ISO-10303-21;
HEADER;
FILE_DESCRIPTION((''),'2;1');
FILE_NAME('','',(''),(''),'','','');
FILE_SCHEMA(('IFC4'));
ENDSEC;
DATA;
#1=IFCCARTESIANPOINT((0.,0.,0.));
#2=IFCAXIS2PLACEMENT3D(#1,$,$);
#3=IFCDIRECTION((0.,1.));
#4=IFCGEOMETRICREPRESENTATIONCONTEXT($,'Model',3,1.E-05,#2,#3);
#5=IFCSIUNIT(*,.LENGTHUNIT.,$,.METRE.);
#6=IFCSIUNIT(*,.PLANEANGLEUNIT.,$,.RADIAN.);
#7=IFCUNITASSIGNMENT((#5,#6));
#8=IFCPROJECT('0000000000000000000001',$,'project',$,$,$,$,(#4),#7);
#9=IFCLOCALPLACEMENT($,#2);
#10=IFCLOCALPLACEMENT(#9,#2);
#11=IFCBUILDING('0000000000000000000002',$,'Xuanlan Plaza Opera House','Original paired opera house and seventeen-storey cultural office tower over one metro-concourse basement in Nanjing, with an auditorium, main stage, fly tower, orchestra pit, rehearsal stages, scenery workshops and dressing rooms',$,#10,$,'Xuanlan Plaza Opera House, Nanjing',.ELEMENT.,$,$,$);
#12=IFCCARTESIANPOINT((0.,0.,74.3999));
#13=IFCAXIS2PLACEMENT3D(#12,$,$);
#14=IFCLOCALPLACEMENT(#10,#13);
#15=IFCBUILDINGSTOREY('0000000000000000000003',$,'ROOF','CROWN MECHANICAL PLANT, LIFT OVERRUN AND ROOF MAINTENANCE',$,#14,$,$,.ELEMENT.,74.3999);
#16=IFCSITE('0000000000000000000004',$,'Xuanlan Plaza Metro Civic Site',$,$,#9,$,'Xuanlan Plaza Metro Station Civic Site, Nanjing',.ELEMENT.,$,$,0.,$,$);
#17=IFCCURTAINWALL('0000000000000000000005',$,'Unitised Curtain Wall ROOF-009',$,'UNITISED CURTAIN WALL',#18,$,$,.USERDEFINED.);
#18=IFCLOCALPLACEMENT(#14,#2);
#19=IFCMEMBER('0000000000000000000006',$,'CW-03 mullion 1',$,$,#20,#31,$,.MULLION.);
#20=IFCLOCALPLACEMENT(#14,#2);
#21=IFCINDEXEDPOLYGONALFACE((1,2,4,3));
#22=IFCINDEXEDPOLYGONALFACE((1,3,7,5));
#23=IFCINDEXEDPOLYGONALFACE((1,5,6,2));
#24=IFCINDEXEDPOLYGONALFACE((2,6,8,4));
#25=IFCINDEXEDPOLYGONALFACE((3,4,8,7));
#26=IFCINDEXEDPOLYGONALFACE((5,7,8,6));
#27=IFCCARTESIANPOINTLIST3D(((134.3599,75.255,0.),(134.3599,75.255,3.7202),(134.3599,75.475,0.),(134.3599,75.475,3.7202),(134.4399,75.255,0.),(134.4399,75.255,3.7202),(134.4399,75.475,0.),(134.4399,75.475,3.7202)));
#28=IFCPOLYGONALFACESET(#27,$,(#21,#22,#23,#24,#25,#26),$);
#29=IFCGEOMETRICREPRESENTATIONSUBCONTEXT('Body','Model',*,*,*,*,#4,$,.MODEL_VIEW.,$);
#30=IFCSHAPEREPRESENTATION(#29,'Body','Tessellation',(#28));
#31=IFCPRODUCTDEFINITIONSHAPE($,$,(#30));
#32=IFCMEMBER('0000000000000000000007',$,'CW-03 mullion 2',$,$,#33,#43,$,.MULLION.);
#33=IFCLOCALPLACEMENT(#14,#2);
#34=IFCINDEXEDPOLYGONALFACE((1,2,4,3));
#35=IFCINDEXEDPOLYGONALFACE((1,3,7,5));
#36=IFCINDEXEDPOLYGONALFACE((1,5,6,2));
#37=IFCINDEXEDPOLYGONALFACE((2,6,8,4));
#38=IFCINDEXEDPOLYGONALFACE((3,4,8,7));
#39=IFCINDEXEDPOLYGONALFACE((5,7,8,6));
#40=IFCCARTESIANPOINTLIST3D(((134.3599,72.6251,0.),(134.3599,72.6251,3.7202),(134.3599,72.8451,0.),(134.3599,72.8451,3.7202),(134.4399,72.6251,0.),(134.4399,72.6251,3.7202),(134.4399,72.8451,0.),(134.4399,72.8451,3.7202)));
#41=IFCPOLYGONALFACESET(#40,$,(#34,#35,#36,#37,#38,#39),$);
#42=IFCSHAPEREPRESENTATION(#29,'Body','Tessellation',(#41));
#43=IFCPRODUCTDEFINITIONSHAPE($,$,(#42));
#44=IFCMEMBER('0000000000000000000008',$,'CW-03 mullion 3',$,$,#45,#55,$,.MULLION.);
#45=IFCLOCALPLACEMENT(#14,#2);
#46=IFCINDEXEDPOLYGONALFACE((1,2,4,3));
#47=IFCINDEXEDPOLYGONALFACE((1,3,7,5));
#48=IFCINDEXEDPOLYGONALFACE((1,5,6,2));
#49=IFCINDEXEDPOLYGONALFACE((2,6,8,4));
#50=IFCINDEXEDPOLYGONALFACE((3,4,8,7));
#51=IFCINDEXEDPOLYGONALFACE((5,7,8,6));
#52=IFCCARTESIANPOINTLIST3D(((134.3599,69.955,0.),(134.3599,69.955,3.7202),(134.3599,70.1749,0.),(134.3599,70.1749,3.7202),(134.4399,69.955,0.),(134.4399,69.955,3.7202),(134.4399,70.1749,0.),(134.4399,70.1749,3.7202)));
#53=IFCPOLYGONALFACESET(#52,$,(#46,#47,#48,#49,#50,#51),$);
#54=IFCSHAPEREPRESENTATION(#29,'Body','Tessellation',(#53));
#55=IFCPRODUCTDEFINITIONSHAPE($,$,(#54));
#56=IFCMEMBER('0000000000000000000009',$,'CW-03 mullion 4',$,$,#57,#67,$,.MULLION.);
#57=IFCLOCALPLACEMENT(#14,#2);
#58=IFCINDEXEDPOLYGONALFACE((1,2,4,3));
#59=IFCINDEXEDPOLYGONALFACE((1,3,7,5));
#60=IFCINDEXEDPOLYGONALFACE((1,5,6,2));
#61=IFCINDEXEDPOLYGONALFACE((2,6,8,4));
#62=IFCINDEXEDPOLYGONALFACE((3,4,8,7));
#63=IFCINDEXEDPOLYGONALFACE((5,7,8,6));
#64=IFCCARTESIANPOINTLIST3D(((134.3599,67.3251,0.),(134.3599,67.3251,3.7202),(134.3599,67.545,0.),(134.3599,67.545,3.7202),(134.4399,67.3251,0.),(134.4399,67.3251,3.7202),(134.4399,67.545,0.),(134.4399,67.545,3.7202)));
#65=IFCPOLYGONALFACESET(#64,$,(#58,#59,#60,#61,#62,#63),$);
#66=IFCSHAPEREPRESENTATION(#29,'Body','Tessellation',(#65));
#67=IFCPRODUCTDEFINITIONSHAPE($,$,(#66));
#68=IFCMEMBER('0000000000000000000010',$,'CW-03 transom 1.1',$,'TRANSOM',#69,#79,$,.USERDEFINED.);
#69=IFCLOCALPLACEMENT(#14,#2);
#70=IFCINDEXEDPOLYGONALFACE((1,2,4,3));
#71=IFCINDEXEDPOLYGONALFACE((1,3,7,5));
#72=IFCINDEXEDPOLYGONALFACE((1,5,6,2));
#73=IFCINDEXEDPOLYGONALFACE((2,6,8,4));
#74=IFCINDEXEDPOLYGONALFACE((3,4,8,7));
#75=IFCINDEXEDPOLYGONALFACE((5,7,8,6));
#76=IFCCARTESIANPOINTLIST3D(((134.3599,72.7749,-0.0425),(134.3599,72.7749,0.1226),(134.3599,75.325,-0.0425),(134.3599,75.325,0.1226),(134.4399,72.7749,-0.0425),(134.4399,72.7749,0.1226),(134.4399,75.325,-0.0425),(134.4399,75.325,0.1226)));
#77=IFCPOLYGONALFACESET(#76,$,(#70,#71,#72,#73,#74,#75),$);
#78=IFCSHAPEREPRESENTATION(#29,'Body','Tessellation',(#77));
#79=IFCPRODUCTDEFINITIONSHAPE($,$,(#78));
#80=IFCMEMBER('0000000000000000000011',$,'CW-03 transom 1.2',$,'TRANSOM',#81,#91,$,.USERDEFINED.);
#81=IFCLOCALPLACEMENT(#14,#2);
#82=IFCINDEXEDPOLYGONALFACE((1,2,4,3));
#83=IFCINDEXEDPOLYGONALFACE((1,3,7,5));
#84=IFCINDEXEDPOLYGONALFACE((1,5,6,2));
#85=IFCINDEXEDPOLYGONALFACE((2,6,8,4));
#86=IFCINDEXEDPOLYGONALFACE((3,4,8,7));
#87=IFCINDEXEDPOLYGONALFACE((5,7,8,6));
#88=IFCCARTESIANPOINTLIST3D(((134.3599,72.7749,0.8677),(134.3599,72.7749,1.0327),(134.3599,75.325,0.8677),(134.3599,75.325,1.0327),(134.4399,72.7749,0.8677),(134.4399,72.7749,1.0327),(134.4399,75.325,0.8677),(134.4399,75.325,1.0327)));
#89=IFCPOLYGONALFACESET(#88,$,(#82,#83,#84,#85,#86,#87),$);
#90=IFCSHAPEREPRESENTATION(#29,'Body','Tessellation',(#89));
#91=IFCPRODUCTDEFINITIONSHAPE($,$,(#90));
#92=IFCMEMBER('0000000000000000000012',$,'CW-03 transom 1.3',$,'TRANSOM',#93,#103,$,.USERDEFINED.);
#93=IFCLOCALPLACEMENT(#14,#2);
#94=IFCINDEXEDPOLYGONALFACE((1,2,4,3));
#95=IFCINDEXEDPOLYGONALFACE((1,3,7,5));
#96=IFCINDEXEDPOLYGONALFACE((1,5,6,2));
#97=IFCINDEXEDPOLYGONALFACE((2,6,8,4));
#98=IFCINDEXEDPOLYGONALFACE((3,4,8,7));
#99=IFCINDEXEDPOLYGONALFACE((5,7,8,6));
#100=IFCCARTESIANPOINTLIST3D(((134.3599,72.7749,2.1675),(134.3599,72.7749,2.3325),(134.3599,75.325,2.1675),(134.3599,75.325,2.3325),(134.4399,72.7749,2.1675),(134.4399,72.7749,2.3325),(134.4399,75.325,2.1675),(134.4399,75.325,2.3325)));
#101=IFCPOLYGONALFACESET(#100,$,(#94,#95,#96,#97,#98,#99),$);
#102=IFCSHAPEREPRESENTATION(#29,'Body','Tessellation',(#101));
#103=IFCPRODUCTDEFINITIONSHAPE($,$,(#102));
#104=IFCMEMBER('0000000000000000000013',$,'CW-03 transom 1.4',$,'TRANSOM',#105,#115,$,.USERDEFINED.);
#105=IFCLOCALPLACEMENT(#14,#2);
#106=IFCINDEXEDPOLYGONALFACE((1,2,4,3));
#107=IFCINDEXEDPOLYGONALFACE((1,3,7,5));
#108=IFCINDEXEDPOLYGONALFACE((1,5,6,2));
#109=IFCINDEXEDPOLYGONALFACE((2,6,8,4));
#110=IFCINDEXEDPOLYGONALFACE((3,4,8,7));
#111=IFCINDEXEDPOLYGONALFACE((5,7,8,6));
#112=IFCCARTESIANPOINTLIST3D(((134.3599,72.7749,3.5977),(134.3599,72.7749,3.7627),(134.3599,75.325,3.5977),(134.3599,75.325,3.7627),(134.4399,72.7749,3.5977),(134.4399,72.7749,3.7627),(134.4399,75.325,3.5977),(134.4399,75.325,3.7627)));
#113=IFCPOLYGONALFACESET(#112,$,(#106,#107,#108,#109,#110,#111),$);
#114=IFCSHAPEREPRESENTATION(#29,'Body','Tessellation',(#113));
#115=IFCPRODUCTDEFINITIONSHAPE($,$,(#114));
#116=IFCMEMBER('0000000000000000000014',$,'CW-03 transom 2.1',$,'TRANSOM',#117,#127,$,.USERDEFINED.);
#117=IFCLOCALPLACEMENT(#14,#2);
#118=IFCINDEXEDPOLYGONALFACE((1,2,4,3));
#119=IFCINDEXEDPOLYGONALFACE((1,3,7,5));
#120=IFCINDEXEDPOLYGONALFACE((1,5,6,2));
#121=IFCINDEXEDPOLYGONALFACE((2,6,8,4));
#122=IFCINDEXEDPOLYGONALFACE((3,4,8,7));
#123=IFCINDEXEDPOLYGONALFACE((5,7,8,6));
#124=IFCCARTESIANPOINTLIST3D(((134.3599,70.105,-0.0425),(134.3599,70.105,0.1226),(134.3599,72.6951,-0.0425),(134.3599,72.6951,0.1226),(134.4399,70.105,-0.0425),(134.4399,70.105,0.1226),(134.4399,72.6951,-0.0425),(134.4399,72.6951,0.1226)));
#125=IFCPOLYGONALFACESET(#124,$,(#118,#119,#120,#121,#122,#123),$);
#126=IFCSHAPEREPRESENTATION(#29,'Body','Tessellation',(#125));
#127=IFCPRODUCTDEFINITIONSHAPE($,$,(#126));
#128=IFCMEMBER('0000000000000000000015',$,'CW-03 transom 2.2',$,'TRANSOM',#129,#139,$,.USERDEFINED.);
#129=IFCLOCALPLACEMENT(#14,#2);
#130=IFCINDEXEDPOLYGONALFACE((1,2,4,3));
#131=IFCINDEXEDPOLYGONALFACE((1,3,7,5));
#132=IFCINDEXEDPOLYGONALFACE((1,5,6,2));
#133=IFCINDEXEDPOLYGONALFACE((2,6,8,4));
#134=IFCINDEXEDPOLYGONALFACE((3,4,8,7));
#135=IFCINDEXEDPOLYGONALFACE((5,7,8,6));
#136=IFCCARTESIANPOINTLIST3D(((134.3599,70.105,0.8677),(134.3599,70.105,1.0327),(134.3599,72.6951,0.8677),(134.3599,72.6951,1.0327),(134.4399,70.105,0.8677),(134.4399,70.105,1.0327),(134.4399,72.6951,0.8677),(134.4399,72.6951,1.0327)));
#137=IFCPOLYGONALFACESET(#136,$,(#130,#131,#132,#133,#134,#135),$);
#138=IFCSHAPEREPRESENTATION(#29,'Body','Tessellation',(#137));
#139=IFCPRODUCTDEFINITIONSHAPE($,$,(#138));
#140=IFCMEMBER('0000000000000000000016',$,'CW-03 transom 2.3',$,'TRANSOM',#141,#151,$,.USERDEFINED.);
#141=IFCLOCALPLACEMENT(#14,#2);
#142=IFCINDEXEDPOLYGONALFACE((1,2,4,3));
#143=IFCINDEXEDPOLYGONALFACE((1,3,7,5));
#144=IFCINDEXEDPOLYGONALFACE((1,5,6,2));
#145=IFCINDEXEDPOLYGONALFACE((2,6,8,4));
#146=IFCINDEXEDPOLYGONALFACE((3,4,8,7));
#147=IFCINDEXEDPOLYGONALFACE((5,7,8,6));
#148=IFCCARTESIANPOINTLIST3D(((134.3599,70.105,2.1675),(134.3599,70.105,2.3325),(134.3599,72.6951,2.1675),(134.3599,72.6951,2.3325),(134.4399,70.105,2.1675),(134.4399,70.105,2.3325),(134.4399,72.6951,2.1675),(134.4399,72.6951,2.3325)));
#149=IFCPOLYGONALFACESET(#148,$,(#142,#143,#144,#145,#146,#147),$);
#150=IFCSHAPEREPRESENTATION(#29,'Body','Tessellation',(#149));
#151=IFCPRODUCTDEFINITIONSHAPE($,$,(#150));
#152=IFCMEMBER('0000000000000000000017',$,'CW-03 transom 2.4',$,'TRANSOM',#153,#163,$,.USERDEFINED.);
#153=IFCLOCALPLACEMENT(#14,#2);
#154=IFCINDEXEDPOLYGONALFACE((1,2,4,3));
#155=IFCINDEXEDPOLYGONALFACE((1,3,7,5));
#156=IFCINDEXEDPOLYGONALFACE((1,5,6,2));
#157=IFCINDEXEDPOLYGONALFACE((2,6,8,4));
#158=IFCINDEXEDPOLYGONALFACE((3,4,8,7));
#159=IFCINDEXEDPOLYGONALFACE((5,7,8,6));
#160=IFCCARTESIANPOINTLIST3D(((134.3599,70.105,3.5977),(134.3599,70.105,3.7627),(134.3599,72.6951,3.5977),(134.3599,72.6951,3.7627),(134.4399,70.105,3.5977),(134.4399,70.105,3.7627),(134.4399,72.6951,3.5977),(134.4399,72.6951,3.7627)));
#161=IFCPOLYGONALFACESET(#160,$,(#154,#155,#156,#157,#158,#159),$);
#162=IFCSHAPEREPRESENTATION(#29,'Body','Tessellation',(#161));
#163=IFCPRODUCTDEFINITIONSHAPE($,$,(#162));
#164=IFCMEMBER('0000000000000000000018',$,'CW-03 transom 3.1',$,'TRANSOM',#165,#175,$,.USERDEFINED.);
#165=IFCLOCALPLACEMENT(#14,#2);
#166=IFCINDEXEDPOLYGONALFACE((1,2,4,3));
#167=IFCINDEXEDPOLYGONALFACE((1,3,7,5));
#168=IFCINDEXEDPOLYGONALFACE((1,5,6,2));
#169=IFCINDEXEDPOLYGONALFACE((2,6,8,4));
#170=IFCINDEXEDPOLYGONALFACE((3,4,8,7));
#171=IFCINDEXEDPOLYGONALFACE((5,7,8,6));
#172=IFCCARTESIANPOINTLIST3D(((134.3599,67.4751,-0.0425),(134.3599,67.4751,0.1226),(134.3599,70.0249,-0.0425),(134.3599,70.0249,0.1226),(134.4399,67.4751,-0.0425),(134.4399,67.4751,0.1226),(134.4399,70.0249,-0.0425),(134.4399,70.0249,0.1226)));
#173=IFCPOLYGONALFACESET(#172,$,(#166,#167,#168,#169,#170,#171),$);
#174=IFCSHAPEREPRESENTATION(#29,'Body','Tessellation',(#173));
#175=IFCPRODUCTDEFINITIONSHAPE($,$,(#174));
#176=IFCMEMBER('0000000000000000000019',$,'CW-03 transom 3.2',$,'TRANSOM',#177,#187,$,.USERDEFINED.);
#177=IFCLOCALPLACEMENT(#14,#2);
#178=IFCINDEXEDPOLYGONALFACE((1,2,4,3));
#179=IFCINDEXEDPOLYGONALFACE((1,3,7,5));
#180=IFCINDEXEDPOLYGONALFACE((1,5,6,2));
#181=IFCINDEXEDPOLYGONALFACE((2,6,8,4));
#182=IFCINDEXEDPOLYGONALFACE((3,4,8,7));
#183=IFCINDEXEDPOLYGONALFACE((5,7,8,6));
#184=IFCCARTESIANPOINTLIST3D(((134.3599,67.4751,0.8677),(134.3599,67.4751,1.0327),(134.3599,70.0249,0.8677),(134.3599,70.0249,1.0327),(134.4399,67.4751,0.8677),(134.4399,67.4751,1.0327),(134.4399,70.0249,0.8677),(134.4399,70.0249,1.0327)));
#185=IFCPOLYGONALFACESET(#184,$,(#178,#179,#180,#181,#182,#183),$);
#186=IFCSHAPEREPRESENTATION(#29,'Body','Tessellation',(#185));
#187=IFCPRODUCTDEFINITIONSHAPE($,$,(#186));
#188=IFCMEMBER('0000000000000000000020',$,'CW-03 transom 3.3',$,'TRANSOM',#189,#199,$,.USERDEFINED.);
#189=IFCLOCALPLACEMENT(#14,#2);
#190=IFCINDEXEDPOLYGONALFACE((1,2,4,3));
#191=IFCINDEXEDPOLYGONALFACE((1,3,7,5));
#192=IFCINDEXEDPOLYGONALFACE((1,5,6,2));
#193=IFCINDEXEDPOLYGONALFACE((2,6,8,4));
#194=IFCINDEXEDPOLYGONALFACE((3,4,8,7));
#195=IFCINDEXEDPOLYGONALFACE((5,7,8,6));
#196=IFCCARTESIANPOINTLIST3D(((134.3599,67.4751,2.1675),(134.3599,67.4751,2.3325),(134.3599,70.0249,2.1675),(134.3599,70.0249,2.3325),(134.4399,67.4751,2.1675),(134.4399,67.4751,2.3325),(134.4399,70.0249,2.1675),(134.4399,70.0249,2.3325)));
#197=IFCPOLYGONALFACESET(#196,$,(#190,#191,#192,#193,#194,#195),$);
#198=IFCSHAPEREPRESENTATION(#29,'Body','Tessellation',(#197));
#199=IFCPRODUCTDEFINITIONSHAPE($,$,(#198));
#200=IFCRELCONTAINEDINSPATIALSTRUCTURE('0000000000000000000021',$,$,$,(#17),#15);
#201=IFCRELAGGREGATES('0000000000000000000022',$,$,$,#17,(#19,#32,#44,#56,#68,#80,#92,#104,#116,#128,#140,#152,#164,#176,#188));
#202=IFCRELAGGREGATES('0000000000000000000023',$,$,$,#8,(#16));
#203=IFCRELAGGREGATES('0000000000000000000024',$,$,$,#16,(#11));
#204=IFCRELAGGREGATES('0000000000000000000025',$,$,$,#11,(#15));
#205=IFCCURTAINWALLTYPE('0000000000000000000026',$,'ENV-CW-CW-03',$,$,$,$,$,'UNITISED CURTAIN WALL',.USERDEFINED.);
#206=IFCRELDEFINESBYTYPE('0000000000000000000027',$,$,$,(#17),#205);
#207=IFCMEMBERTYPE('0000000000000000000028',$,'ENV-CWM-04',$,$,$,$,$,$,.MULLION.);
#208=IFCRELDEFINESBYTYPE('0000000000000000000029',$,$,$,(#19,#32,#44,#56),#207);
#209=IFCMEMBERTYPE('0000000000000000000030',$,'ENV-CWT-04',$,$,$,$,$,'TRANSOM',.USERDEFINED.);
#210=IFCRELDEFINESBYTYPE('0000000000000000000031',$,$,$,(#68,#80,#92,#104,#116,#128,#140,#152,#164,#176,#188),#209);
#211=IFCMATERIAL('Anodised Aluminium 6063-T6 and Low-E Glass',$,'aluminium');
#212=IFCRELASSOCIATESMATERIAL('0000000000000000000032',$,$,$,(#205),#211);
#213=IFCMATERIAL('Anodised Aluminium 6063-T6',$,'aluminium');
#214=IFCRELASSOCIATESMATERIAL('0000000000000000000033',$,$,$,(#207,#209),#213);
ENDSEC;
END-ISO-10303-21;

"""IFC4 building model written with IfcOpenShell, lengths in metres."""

from ifc_helpers import new_model, si_unit, direction, frame, origin, origin_2d, place, context, subcontext, project, spatial, rectangle, extrude, material, material_profile, profile_set, type_object, element, aggregate, save


model = new_model("IFC4")

# Units and contexts
model_context = context("Model", 3, precision=1e-05, world=origin(), true_north=direction((0.0, 1.0)))
body_context = subcontext(model_context, "Body", "Model", "MODEL_VIEW")
ifc_project = project(units=[si_unit("LENGTHUNIT", "METRE"), si_unit("PLANEANGLEUNIT", "RADIAN")], contexts=[model_context])

# Site, building, storey
site_placement = place(None, origin())
site = spatial("IfcSite", under=ifc_project, at=site_placement, Name="Xuanlan Plaza Metro Civic Site", LongName="Xuanlan Plaza Metro Station Civic Site, Nanjing", CompositionType="ELEMENT", RefElevation=0.0)
building_placement = place(site_placement, origin())
building = spatial("IfcBuilding", under=site, at=building_placement, Name="Xuanlan Plaza Opera House", Description="Original paired opera house and seventeen-storey cultural office tower over one metro-concourse basement in Nanjing, with an auditorium, main stage, fly tower, orchestra pit, rehearsal stages, scenery workshops and dressing rooms", LongName="Xuanlan Plaza Opera House, Nanjing", CompositionType="ELEMENT")
storey_placement = place(building_placement, frame((0.0, 0.0, 74.3999)))
storey = spatial("IfcBuildingStorey", under=building, at=storey_placement, Name="ROOF", Description="CROWN MECHANICAL PLANT, LIFT OVERRUN AND ROOF MAINTENANCE", CompositionType="ELEMENT", Elevation=74.3999)

# Curtain wall, members
ifc_material_1 = material(Name="Anodised Aluminium 6063-T6 and Low-E Glass", Category="aluminium")
curtain_wall_type = type_object("IfcCurtainWallType", Name="ENV-CW-CW-03", ElementType="UNITISED CURTAIN WALL", PredefinedType="USERDEFINED", material=ifc_material_1)
curtain_wall_placement = place(storey_placement, origin())
curtain_wall = element("IfcCurtainWall", 1, at=curtain_wall_placement, inside=storey, type_object=curtain_wall_type, Name="Unitised Curtain Wall ROOF-009", ObjectType="UNITISED CURTAIN WALL", PredefinedType="USERDEFINED")
ifc_material_2 = material(Name="Anodised Aluminium 6063-T6", Category="aluminium")
ifc_material_profile_1 = material_profile(ifc_material_2, rectangle(XDim=0.0801, YDim=0.22, at=origin_2d()), Name="ALU-M 80x220")
ifc_profile_set_1 = profile_set([ifc_material_profile_1], Name="Anodised Aluminium 6063-T6")
member_type_1 = type_object("IfcMemberType", Name="ENV-CWM-04", PredefinedType="MULLION", material=ifc_profile_set_1)
member_1_placement = place(storey_placement, frame((134.3999, 75.365, 0.0), z_axis=(0.0, 0.0, 1.0), x_axis=(1.0, 0.0, 0.0)))
member_1 = element("IfcMember", 2, at=member_1_placement, type_object=member_type_1, Name="CW-03 mullion 1", PredefinedType="MULLION", context=body_context, shape_type="SweptSolid", body=[
    extrude(rectangle(XDim=0.0801, YDim=0.22, at=origin_2d()), origin(), (0.0, 0.0, 1.0), 3.7202),
])
member_2_placement = place(storey_placement, frame((134.3999, 72.7351, 0.0), z_axis=(0.0, 0.0, 1.0), x_axis=(1.0, 0.0, 0.0)))
member_2 = element("IfcMember", 3, at=member_2_placement, type_object=member_type_1, Name="CW-03 mullion 2", PredefinedType="MULLION", context=body_context, shape_type="SweptSolid", body=[
    extrude(rectangle(XDim=0.0801, YDim=0.22, at=origin_2d()), origin(), (0.0, 0.0, 1.0), 3.7202),
])
member_3_placement = place(storey_placement, frame((134.3999, 70.0649, 0.0), z_axis=(0.0, 0.0, 1.0), x_axis=(1.0, 0.0, 0.0)))
member_3 = element("IfcMember", 4, at=member_3_placement, type_object=member_type_1, Name="CW-03 mullion 3", PredefinedType="MULLION", context=body_context, shape_type="SweptSolid", body=[
    extrude(rectangle(XDim=0.0801, YDim=0.22, at=origin_2d()), origin(), (0.0, 0.0, 1.0), 3.7202),
])
member_4_placement = place(storey_placement, frame((134.3999, 67.4351, 0.0), z_axis=(0.0, 0.0, 1.0), x_axis=(1.0, 0.0, 0.0)))
member_4 = element("IfcMember", 5, at=member_4_placement, type_object=member_type_1, Name="CW-03 mullion 4", PredefinedType="MULLION", context=body_context, shape_type="SweptSolid", body=[
    extrude(rectangle(XDim=0.0801, YDim=0.22, at=origin_2d()), origin(), (0.0, 0.0, 1.0), 3.7202),
])
ifc_material_profile_2 = material_profile(ifc_material_2, rectangle(XDim=0.0801, YDim=0.165, at=origin_2d()), Name="ALU-T 80x165")
ifc_profile_set_2 = profile_set([ifc_material_profile_2], Name="Anodised Aluminium 6063-T6")
member_type_2 = type_object("IfcMemberType", Name="ENV-CWT-04", ElementType="TRANSOM", PredefinedType="USERDEFINED", material=ifc_profile_set_2)
member_5_placement = place(storey_placement, frame((134.3999, 75.325, 0.04), z_axis=(0.0, -1.0, 0.0), x_axis=(1.0, 0.0, 0.0)))
member_5 = element("IfcMember", 6, at=member_5_placement, type_object=member_type_2, Name="CW-03 transom 1.1", ObjectType="TRANSOM", PredefinedType="USERDEFINED", context=body_context, shape_type="SweptSolid", body=[
    extrude(rectangle(XDim=0.0801, YDim=0.165, at=origin_2d()), origin(), (0.0, 0.0, 1.0), 2.55),
])
member_6_placement = place(storey_placement, frame((134.3999, 75.325, 0.9502), z_axis=(0.0, -1.0, 0.0), x_axis=(1.0, 0.0, 0.0)))
member_6 = element("IfcMember", 7, at=member_6_placement, type_object=member_type_2, Name="CW-03 transom 1.2", ObjectType="TRANSOM", PredefinedType="USERDEFINED", context=body_context, shape_type="SweptSolid", body=[
    extrude(rectangle(XDim=0.0801, YDim=0.165, at=origin_2d()), origin(), (0.0, 0.0, 1.0), 2.55),
])
member_7_placement = place(storey_placement, frame((134.3999, 75.325, 2.25), z_axis=(0.0, -1.0, 0.0), x_axis=(1.0, 0.0, 0.0)))
member_7 = element("IfcMember", 8, at=member_7_placement, type_object=member_type_2, Name="CW-03 transom 1.3", ObjectType="TRANSOM", PredefinedType="USERDEFINED", context=body_context, shape_type="SweptSolid", body=[
    extrude(rectangle(XDim=0.0801, YDim=0.165, at=origin_2d()), origin(), (0.0, 0.0, 1.0), 2.55),
])
member_8_placement = place(storey_placement, frame((134.3999, 75.325, 3.6802), z_axis=(0.0, -1.0, 0.0), x_axis=(1.0, 0.0, 0.0)))
member_8 = element("IfcMember", 9, at=member_8_placement, type_object=member_type_2, Name="CW-03 transom 1.4", ObjectType="TRANSOM", PredefinedType="USERDEFINED", context=body_context, shape_type="SweptSolid", body=[
    extrude(rectangle(XDim=0.0801, YDim=0.165, at=origin_2d()), origin(), (0.0, 0.0, 1.0), 2.55),
])
member_9_placement = place(storey_placement, frame((134.3999, 72.6951, 0.04), z_axis=(0.0, -1.0, 0.0), x_axis=(1.0, 0.0, 0.0)))
member_9 = element("IfcMember", 10, at=member_9_placement, type_object=member_type_2, Name="CW-03 transom 2.1", ObjectType="TRANSOM", PredefinedType="USERDEFINED", context=body_context, shape_type="SweptSolid", body=[
    extrude(rectangle(XDim=0.0801, YDim=0.165, at=origin_2d()), origin(), (0.0, 0.0, 1.0), 2.5901),
])
member_10_placement = place(storey_placement, frame((134.3999, 72.6951, 0.9502), z_axis=(0.0, -1.0, 0.0), x_axis=(1.0, 0.0, 0.0)))
member_10 = element("IfcMember", 11, at=member_10_placement, type_object=member_type_2, Name="CW-03 transom 2.2", ObjectType="TRANSOM", PredefinedType="USERDEFINED", context=body_context, shape_type="SweptSolid", body=[
    extrude(rectangle(XDim=0.0801, YDim=0.165, at=origin_2d()), origin(), (0.0, 0.0, 1.0), 2.5901),
])
member_11_placement = place(storey_placement, frame((134.3999, 72.6951, 2.25), z_axis=(0.0, -1.0, 0.0), x_axis=(1.0, 0.0, 0.0)))
member_11 = element("IfcMember", 12, at=member_11_placement, type_object=member_type_2, Name="CW-03 transom 2.3", ObjectType="TRANSOM", PredefinedType="USERDEFINED", context=body_context, shape_type="SweptSolid", body=[
    extrude(rectangle(XDim=0.0801, YDim=0.165, at=origin_2d()), origin(), (0.0, 0.0, 1.0), 2.5901),
])
member_12_placement = place(storey_placement, frame((134.3999, 72.6951, 3.6802), z_axis=(0.0, -1.0, 0.0), x_axis=(1.0, 0.0, 0.0)))
member_12 = element("IfcMember", 13, at=member_12_placement, type_object=member_type_2, Name="CW-03 transom 2.4", ObjectType="TRANSOM", PredefinedType="USERDEFINED", context=body_context, shape_type="SweptSolid", body=[
    extrude(rectangle(XDim=0.0801, YDim=0.165, at=origin_2d()), origin(), (0.0, 0.0, 1.0), 2.5901),
])
member_13_placement = place(storey_placement, frame((134.3999, 70.0249, 0.04), z_axis=(0.0, -1.0, 0.0), x_axis=(1.0, 0.0, 0.0)))
member_13 = element("IfcMember", 14, at=member_13_placement, type_object=member_type_2, Name="CW-03 transom 3.1", ObjectType="TRANSOM", PredefinedType="USERDEFINED", context=body_context, shape_type="SweptSolid", body=[
    extrude(rectangle(XDim=0.0801, YDim=0.165, at=origin_2d()), origin(), (0.0, 0.0, 1.0), 2.5498),
])
member_14_placement = place(storey_placement, frame((134.3999, 70.0249, 0.9502), z_axis=(0.0, -1.0, 0.0), x_axis=(1.0, 0.0, 0.0)))
member_14 = element("IfcMember", 15, at=member_14_placement, type_object=member_type_2, Name="CW-03 transom 3.2", ObjectType="TRANSOM", PredefinedType="USERDEFINED", context=body_context, shape_type="SweptSolid", body=[
    extrude(rectangle(XDim=0.0801, YDim=0.165, at=origin_2d()), origin(), (0.0, 0.0, 1.0), 2.5498),
])
member_15_placement = place(storey_placement, frame((134.3999, 70.0249, 2.25), z_axis=(0.0, -1.0, 0.0), x_axis=(1.0, 0.0, 0.0)))
member_15 = element("IfcMember", 16, at=member_15_placement, type_object=member_type_2, Name="CW-03 transom 3.3", ObjectType="TRANSOM", PredefinedType="USERDEFINED", context=body_context, shape_type="SweptSolid", body=[
    extrude(rectangle(XDim=0.0801, YDim=0.165, at=origin_2d()), origin(), (0.0, 0.0, 1.0), 2.5498),
])

aggregate(curtain_wall, [member_1, member_2, member_3, member_4, member_5, member_6, member_7, member_8, member_9, member_10, member_11, member_12, member_13, member_14, member_15])

save(model, "model.ifc")
